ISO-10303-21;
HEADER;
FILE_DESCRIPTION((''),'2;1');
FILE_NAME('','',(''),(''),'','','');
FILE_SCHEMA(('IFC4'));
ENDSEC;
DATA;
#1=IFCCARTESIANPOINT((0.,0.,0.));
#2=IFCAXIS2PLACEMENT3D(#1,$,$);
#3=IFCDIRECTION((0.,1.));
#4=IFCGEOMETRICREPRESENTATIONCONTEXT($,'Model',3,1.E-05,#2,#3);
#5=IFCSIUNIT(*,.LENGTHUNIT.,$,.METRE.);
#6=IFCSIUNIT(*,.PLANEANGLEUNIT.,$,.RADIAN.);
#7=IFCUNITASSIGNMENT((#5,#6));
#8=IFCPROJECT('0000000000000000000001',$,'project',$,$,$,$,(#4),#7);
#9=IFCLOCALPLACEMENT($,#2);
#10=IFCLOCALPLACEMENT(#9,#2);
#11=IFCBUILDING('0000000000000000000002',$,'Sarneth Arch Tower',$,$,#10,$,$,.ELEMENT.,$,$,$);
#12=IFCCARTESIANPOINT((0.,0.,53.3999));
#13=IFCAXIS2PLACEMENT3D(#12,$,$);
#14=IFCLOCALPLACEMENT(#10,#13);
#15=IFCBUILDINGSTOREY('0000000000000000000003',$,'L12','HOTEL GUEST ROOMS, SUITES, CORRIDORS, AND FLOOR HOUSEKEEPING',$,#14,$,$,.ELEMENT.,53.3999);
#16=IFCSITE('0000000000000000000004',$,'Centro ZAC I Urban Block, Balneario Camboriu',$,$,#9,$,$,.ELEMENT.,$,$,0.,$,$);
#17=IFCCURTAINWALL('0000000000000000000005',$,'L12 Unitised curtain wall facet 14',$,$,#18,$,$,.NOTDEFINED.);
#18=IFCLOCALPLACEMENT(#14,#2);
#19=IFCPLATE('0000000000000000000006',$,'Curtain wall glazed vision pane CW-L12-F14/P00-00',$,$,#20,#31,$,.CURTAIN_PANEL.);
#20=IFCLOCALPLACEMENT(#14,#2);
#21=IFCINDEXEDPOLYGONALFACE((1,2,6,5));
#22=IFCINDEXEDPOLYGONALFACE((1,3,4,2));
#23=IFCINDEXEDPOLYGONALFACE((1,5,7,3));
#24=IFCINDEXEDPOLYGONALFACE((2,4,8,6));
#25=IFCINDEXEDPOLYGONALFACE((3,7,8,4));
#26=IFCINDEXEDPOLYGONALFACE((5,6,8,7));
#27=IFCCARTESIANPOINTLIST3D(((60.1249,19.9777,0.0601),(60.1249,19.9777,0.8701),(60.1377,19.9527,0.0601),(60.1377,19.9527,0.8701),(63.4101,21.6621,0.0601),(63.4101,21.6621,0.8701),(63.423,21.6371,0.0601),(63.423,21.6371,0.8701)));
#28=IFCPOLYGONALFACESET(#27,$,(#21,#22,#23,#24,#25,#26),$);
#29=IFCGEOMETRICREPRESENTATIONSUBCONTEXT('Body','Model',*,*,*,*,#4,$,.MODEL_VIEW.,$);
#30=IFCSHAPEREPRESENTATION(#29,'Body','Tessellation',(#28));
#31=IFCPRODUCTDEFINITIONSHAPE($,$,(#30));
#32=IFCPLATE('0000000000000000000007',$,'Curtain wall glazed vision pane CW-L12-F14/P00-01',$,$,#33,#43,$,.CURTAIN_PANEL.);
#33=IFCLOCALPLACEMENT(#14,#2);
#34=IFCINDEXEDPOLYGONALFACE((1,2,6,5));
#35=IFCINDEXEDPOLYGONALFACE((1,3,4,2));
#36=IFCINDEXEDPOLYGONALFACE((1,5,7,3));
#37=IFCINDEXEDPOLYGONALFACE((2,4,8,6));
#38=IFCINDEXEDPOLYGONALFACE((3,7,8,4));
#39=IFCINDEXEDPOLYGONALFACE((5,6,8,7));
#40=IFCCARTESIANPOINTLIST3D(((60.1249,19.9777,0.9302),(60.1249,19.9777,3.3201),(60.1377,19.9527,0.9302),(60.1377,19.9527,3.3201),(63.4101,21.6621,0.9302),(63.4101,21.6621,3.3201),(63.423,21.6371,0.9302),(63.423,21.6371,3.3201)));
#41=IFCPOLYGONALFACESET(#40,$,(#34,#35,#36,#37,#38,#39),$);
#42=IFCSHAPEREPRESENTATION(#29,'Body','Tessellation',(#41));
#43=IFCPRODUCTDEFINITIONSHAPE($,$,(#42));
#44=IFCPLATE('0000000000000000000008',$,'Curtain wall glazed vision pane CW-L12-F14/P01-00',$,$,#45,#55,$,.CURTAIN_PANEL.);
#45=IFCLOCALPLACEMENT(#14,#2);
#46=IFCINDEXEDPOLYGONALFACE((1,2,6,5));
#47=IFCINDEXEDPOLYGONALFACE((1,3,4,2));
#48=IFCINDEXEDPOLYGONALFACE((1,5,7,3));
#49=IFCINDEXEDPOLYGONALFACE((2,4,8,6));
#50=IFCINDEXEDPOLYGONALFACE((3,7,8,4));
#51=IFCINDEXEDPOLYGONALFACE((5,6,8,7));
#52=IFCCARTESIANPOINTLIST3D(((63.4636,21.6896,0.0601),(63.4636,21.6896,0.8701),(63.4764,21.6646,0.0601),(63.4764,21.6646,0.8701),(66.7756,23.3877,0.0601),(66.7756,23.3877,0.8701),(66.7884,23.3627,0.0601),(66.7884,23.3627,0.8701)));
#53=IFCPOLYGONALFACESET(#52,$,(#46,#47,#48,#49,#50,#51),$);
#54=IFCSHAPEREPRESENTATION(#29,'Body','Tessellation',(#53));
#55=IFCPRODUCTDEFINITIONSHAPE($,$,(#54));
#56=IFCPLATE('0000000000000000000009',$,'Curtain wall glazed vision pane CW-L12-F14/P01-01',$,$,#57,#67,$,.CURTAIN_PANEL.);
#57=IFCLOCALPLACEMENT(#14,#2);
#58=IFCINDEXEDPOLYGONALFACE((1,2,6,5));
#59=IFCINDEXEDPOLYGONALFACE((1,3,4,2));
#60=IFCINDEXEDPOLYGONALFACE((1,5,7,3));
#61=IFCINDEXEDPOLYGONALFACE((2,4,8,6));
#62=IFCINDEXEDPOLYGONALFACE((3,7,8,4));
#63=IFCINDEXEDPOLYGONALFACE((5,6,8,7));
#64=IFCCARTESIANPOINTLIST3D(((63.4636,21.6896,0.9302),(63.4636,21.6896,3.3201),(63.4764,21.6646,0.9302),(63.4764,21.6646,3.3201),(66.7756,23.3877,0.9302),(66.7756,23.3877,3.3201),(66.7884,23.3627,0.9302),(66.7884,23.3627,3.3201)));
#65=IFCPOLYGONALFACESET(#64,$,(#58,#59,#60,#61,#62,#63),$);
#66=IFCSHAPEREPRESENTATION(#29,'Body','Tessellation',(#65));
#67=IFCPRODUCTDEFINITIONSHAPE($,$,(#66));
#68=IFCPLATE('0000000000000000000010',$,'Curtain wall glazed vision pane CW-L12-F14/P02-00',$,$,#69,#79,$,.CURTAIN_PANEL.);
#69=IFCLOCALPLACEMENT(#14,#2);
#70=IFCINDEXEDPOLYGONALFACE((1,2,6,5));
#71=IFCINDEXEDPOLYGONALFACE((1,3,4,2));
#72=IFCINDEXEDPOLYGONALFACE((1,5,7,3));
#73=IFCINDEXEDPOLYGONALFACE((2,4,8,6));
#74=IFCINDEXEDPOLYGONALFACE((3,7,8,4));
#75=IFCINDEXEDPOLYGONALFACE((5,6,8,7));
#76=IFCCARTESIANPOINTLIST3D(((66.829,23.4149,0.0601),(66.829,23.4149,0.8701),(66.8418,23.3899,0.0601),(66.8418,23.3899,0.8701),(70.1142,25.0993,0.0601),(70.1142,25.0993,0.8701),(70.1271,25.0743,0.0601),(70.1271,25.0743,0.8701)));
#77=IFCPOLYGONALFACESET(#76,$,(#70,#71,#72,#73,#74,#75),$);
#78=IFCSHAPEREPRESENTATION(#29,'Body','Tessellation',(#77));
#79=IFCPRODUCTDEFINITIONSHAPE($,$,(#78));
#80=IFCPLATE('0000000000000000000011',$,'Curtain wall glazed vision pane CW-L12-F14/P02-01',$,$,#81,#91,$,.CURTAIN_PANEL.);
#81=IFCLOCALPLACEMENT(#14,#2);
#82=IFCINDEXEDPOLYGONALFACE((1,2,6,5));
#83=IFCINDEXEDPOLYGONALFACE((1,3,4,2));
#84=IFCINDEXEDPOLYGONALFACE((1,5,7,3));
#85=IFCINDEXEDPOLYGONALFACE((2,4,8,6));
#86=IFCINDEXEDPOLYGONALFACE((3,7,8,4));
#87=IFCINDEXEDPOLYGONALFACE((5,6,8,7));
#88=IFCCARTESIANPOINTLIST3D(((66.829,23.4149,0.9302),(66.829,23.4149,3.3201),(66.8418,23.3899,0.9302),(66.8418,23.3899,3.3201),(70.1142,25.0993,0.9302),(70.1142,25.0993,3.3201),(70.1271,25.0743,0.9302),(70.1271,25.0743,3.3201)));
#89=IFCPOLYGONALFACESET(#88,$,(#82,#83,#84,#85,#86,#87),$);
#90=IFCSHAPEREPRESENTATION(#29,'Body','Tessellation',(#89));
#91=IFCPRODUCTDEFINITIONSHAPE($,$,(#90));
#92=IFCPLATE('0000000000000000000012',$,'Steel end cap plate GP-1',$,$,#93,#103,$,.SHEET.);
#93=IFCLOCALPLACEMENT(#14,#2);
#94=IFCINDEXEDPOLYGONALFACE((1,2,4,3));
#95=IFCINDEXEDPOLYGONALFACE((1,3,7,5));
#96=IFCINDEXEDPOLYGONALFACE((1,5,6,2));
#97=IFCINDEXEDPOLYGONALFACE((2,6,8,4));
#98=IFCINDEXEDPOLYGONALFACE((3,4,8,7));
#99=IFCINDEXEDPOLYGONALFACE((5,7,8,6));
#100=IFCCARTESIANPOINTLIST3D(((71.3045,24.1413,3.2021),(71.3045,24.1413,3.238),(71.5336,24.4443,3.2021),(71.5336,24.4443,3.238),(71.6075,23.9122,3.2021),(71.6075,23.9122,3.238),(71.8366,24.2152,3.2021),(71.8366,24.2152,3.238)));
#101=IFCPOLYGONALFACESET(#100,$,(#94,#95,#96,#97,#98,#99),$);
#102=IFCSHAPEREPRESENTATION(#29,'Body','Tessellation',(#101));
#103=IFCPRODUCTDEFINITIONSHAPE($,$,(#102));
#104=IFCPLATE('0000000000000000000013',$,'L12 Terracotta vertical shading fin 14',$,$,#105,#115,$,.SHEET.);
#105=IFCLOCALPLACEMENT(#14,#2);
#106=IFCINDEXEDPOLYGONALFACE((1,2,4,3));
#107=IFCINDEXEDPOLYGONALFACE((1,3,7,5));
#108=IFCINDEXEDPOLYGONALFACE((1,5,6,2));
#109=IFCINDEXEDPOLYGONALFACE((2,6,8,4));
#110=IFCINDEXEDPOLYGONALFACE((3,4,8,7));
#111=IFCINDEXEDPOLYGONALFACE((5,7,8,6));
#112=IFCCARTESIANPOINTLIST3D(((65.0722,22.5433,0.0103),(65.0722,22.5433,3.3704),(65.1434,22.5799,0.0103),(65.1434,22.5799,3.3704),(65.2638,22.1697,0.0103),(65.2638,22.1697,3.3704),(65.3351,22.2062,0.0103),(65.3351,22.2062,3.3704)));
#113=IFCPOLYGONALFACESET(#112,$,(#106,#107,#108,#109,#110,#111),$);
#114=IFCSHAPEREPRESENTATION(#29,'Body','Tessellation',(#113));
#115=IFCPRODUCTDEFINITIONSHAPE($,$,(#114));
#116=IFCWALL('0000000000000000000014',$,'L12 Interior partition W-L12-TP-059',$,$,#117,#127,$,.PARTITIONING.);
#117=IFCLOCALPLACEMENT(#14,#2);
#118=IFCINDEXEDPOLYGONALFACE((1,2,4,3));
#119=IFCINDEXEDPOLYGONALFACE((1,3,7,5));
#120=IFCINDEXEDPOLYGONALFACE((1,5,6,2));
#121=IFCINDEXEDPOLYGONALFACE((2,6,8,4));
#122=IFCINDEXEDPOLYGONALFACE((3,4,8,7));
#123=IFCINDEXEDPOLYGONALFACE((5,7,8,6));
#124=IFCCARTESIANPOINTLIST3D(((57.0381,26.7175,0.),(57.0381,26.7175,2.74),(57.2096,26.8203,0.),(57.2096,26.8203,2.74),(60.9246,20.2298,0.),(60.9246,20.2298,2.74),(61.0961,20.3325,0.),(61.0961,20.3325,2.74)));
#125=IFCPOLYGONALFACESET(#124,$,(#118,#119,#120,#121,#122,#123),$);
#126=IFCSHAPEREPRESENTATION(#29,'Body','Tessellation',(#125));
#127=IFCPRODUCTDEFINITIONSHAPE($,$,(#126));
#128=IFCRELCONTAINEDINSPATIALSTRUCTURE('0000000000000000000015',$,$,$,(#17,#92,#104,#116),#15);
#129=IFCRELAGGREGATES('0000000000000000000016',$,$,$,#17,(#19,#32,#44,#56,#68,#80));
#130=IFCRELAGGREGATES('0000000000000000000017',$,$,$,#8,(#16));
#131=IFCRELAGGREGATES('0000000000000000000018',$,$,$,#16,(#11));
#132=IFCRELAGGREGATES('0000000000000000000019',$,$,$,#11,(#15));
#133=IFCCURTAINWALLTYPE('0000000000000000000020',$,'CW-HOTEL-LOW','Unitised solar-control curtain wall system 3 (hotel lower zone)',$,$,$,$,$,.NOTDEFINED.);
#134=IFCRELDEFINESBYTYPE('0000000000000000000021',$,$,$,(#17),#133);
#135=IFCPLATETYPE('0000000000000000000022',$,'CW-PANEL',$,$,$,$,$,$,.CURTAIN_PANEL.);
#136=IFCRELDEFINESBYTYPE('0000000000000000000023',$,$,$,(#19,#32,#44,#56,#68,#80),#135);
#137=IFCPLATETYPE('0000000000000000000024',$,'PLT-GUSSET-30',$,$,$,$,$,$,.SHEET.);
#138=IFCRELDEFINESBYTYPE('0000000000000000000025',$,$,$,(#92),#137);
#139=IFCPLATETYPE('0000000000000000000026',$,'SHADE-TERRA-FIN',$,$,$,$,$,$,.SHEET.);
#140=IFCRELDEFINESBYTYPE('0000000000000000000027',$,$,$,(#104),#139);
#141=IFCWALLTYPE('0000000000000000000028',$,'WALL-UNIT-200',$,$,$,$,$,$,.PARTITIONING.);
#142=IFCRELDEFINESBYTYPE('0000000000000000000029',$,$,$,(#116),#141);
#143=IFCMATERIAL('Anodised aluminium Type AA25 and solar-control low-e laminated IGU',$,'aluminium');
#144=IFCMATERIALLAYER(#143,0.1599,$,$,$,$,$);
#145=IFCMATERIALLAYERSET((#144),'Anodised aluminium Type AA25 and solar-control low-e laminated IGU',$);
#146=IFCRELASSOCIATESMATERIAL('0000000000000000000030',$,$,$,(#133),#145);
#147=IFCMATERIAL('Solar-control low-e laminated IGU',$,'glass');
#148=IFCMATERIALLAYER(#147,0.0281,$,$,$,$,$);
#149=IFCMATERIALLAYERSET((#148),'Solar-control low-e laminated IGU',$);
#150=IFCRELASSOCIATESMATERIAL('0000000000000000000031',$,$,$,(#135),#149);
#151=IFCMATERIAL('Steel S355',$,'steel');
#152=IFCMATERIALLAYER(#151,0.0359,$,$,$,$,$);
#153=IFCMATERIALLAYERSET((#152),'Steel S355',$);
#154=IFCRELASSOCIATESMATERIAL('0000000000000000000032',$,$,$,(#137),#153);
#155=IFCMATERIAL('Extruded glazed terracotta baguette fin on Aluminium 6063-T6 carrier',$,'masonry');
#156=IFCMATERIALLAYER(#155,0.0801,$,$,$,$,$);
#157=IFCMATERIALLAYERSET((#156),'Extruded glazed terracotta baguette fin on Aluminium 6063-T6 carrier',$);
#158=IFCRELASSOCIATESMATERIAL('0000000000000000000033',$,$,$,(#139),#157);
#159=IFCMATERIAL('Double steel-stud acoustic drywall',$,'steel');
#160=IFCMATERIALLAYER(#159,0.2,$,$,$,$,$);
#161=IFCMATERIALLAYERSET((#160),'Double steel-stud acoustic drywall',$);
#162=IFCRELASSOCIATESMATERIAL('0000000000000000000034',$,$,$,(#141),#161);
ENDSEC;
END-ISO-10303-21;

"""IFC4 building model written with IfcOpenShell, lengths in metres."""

from ifc_helpers import new_model, si_unit, direction, frame, frame_2d, origin, origin_2d, place, context, subcontext, project, spatial, rectangle, extrude, material, layer, layer_set, type_object, element, aggregate, save


model = new_model("IFC4")

# Units and contexts
model_context = context("Model", 3, precision=1e-05, world=origin(), true_north=direction((0.0, 1.0)))
body_context = subcontext(model_context, "Body", "Model", "MODEL_VIEW")
ifc_project = project(units=[si_unit("LENGTHUNIT", "METRE"), si_unit("PLANEANGLEUNIT", "RADIAN")], contexts=[model_context])

# Site, building, storey
site_placement = place(None, origin())
site = spatial("IfcSite", under=ifc_project, at=site_placement, Name="Centro ZAC I Urban Block, Balneario Camboriu", CompositionType="ELEMENT", RefElevation=0.0)
building_placement = place(site_placement, origin())
building = spatial("IfcBuilding", under=site, at=building_placement, Name="Sarneth Arch Tower", CompositionType="ELEMENT")
storey_placement = place(building_placement, frame((0.0, 0.0, 53.3999)))
storey = spatial("IfcBuildingStorey", under=building, at=storey_placement, Name="L12", Description="HOTEL GUEST ROOMS, SUITES, CORRIDORS, AND FLOOR HOUSEKEEPING", CompositionType="ELEMENT", Elevation=53.3999)

# Curtain wall, plates
ifc_material_1 = material(Name="Anodised aluminium Type AA25 and solar-control low-e laminated IGU", Category="aluminium")
ifc_layer_1 = layer(ifc_material_1, 0.1599)
ifc_layer_set_1 = layer_set([ifc_layer_1], Name="Anodised aluminium Type AA25 and solar-control low-e laminated IGU")
curtain_wall_type = type_object("IfcCurtainWallType", Name="CW-HOTEL-LOW", Description="Unitised solar-control curtain wall system 3 (hotel lower zone)", PredefinedType="NOTDEFINED", material=ifc_layer_set_1)
curtain_wall_placement = place(storey_placement, origin())
curtain_wall = element("IfcCurtainWall", 1, at=curtain_wall_placement, inside=storey, type_object=curtain_wall_type, Name="L12 Unitised curtain wall facet 14", PredefinedType="NOTDEFINED")
ifc_material_2 = material(Name="Solar-control low-e laminated IGU", Category="glass")
ifc_layer_2 = layer(ifc_material_2, 0.0281)
ifc_layer_set_2 = layer_set([ifc_layer_2], Name="Solar-control low-e laminated IGU")
plate_type_1 = type_object("IfcPlateType", Name="CW-PANEL", PredefinedType="CURTAIN_PANEL", material=ifc_layer_set_2)
plate_1_placement = place(storey_placement, frame((61.7739, 20.8074, 0.0601), z_axis=(0.0, 0.0, 1.0), x_axis=(0.889854, 0.456245, 0.0)))
plate_1 = element("IfcPlate", 2, at=plate_1_placement, type_object=plate_type_1, Name="Curtain wall glazed vision pane CW-L12-F14/P00-00", PredefinedType="CURTAIN_PANEL", context=body_context, shape_type="SweptSolid", body=[
    extrude(rectangle(XDim=3.6919, YDim=0.0281, at=origin_2d()), origin(), (0.0, 0.0, 1.0), 0.8101),
])
plate_2_placement = place(storey_placement, frame((61.7739, 20.8074, 0.9302), z_axis=(0.0, 0.0, 1.0), x_axis=(0.889854, 0.456245, 0.0)))
plate_2 = element("IfcPlate", 3, at=plate_2_placement, type_object=plate_type_1, Name="Curtain wall glazed vision pane CW-L12-F14/P00-01", PredefinedType="CURTAIN_PANEL", context=body_context, shape_type="SweptSolid", body=[
    extrude(rectangle(XDim=3.6919, YDim=0.0281, at=origin_2d()), origin(), (0.0, 0.0, 1.0), 2.3899),
])
plate_3_placement = place(storey_placement, frame((65.126, 22.5261, 0.0601), z_axis=(0.0, 0.0, 1.0), x_axis=(0.889854, 0.456245, 0.0)))
plate_3 = element("IfcPlate", 4, at=plate_3_placement, type_object=plate_type_1, Name="Curtain wall glazed vision pane CW-L12-F14/P01-00", PredefinedType="CURTAIN_PANEL", context=body_context, shape_type="SweptSolid", body=[
    extrude(rectangle(XDim=3.7219, YDim=0.0281, at=origin_2d()), origin(), (0.0, 0.0, 1.0), 0.8101),
])
plate_4_placement = place(storey_placement, frame((65.126, 22.5261, 0.9302), z_axis=(0.0, 0.0, 1.0), x_axis=(0.889854, 0.456245, 0.0)))
plate_4 = element("IfcPlate", 5, at=plate_4_placement, type_object=plate_type_1, Name="Curtain wall glazed vision pane CW-L12-F14/P01-01", PredefinedType="CURTAIN_PANEL", context=body_context, shape_type="SweptSolid", body=[
    extrude(rectangle(XDim=3.7219, YDim=0.0281, at=origin_2d()), origin(), (0.0, 0.0, 1.0), 2.3899),
])
plate_5_placement = place(storey_placement, frame((68.478, 24.2446, 0.0601), z_axis=(0.0, 0.0, 1.0), x_axis=(0.889854, 0.456245, 0.0)))
plate_5 = element("IfcPlate", 6, at=plate_5_placement, type_object=plate_type_1, Name="Curtain wall glazed vision pane CW-L12-F14/P02-00", PredefinedType="CURTAIN_PANEL", context=body_context, shape_type="SweptSolid", body=[
    extrude(rectangle(XDim=3.6919, YDim=0.0281, at=origin_2d()), origin(), (0.0, 0.0, 1.0), 0.8101),
])
plate_6_placement = place(storey_placement, frame((68.478, 24.2446, 0.9302), z_axis=(0.0, 0.0, 1.0), x_axis=(0.889854, 0.456245, 0.0)))
plate_6 = element("IfcPlate", 7, at=plate_6_placement, type_object=plate_type_1, Name="Curtain wall glazed vision pane CW-L12-F14/P02-01", PredefinedType="CURTAIN_PANEL", context=body_context, shape_type="SweptSolid", body=[
    extrude(rectangle(XDim=3.6919, YDim=0.0281, at=origin_2d()), origin(), (0.0, 0.0, 1.0), 2.3899),
])
aggregate(curtain_wall, [plate_1, plate_2, plate_3, plate_4, plate_5, plate_6])

# Plates
ifc_material_3 = material(Name="Steel S355", Category="steel")
ifc_layer_3 = layer(ifc_material_3, 0.0359)
ifc_layer_set_3 = layer_set([ifc_layer_3], Name="Steel S355")
plate_type_2 = type_object("IfcPlateType", Name="PLT-GUSSET-30", PredefinedType="SHEET", material=ifc_layer_set_3)
plate_7_placement = place(storey_placement, frame((71.5706, 24.1782, 3.2021), z_axis=(0.0, 0.0, 1.0), x_axis=(0.797689, -0.603069, 0.0)))
element("IfcPlate", 8, at=plate_7_placement, inside=storey, type_object=plate_type_2, Name="Steel end cap plate GP-1", PredefinedType="SHEET", context=body_context, shape_type="SweptSolid", body=[
    extrude(rectangle(XDim=0.3799, YDim=0.3799, at=origin_2d()), origin(), (0.0, 0.0, 1.0), 0.0359),
])
ifc_material_4 = material(Name="Extruded glazed terracotta baguette fin on Aluminium 6063-T6 carrier", Category="masonry")
ifc_layer_4 = layer(ifc_material_4, 0.0801)
ifc_layer_set_4 = layer_set([ifc_layer_4], Name="Extruded glazed terracotta baguette fin on Aluminium 6063-T6 carrier")
plate_type_3 = type_object("IfcPlateType", Name="SHADE-TERRA-FIN", PredefinedType="SHEET", material=ifc_layer_set_4)
plate_8_placement = place(storey_placement, frame((65.2036, 22.3748, 0.0103), z_axis=(0.0, 0.0, 1.0), x_axis=(0.456322, -0.889815, 0.0)))
element("IfcPlate", 9, at=plate_8_placement, inside=storey, type_object=plate_type_3, Name="L12 Terracotta vertical shading fin 14", PredefinedType="SHEET", context=body_context, shape_type="SweptSolid", body=[
    extrude(rectangle(XDim=0.4199, YDim=0.0801, at=origin_2d()), origin(), (0.0, 0.0, 1.0), 3.3601),
])

# Wall
ifc_material_5 = material(Name="Double steel-stud acoustic drywall", Category="steel")
ifc_layer_5 = layer(ifc_material_5, 0.2)
ifc_layer_set_5 = layer_set([ifc_layer_5], Name="Double steel-stud acoustic drywall")
wall_type = type_object("IfcWallType", Name="WALL-UNIT-200", PredefinedType="PARTITIONING", material=ifc_layer_set_5)
wall_placement = place(storey_placement, frame((61.0103, 20.2812, 0.0), z_axis=(0.0, 0.0, 1.0), x_axis=(-0.513893, 0.857854, 0.0)))
element("IfcWall", 10, at=wall_placement, inside=storey, type_object=wall_type, Name="L12 Interior partition W-L12-TP-059", PredefinedType="PARTITIONING", context=body_context, shape_type="SweptSolid", body=[
    extrude(rectangle(XDim=7.5627, YDim=0.2, at=frame_2d((3.7812, 0.0))), origin(), (0.0, 0.0, 1.0), 2.74),
])

save(model, "model.ifc")
